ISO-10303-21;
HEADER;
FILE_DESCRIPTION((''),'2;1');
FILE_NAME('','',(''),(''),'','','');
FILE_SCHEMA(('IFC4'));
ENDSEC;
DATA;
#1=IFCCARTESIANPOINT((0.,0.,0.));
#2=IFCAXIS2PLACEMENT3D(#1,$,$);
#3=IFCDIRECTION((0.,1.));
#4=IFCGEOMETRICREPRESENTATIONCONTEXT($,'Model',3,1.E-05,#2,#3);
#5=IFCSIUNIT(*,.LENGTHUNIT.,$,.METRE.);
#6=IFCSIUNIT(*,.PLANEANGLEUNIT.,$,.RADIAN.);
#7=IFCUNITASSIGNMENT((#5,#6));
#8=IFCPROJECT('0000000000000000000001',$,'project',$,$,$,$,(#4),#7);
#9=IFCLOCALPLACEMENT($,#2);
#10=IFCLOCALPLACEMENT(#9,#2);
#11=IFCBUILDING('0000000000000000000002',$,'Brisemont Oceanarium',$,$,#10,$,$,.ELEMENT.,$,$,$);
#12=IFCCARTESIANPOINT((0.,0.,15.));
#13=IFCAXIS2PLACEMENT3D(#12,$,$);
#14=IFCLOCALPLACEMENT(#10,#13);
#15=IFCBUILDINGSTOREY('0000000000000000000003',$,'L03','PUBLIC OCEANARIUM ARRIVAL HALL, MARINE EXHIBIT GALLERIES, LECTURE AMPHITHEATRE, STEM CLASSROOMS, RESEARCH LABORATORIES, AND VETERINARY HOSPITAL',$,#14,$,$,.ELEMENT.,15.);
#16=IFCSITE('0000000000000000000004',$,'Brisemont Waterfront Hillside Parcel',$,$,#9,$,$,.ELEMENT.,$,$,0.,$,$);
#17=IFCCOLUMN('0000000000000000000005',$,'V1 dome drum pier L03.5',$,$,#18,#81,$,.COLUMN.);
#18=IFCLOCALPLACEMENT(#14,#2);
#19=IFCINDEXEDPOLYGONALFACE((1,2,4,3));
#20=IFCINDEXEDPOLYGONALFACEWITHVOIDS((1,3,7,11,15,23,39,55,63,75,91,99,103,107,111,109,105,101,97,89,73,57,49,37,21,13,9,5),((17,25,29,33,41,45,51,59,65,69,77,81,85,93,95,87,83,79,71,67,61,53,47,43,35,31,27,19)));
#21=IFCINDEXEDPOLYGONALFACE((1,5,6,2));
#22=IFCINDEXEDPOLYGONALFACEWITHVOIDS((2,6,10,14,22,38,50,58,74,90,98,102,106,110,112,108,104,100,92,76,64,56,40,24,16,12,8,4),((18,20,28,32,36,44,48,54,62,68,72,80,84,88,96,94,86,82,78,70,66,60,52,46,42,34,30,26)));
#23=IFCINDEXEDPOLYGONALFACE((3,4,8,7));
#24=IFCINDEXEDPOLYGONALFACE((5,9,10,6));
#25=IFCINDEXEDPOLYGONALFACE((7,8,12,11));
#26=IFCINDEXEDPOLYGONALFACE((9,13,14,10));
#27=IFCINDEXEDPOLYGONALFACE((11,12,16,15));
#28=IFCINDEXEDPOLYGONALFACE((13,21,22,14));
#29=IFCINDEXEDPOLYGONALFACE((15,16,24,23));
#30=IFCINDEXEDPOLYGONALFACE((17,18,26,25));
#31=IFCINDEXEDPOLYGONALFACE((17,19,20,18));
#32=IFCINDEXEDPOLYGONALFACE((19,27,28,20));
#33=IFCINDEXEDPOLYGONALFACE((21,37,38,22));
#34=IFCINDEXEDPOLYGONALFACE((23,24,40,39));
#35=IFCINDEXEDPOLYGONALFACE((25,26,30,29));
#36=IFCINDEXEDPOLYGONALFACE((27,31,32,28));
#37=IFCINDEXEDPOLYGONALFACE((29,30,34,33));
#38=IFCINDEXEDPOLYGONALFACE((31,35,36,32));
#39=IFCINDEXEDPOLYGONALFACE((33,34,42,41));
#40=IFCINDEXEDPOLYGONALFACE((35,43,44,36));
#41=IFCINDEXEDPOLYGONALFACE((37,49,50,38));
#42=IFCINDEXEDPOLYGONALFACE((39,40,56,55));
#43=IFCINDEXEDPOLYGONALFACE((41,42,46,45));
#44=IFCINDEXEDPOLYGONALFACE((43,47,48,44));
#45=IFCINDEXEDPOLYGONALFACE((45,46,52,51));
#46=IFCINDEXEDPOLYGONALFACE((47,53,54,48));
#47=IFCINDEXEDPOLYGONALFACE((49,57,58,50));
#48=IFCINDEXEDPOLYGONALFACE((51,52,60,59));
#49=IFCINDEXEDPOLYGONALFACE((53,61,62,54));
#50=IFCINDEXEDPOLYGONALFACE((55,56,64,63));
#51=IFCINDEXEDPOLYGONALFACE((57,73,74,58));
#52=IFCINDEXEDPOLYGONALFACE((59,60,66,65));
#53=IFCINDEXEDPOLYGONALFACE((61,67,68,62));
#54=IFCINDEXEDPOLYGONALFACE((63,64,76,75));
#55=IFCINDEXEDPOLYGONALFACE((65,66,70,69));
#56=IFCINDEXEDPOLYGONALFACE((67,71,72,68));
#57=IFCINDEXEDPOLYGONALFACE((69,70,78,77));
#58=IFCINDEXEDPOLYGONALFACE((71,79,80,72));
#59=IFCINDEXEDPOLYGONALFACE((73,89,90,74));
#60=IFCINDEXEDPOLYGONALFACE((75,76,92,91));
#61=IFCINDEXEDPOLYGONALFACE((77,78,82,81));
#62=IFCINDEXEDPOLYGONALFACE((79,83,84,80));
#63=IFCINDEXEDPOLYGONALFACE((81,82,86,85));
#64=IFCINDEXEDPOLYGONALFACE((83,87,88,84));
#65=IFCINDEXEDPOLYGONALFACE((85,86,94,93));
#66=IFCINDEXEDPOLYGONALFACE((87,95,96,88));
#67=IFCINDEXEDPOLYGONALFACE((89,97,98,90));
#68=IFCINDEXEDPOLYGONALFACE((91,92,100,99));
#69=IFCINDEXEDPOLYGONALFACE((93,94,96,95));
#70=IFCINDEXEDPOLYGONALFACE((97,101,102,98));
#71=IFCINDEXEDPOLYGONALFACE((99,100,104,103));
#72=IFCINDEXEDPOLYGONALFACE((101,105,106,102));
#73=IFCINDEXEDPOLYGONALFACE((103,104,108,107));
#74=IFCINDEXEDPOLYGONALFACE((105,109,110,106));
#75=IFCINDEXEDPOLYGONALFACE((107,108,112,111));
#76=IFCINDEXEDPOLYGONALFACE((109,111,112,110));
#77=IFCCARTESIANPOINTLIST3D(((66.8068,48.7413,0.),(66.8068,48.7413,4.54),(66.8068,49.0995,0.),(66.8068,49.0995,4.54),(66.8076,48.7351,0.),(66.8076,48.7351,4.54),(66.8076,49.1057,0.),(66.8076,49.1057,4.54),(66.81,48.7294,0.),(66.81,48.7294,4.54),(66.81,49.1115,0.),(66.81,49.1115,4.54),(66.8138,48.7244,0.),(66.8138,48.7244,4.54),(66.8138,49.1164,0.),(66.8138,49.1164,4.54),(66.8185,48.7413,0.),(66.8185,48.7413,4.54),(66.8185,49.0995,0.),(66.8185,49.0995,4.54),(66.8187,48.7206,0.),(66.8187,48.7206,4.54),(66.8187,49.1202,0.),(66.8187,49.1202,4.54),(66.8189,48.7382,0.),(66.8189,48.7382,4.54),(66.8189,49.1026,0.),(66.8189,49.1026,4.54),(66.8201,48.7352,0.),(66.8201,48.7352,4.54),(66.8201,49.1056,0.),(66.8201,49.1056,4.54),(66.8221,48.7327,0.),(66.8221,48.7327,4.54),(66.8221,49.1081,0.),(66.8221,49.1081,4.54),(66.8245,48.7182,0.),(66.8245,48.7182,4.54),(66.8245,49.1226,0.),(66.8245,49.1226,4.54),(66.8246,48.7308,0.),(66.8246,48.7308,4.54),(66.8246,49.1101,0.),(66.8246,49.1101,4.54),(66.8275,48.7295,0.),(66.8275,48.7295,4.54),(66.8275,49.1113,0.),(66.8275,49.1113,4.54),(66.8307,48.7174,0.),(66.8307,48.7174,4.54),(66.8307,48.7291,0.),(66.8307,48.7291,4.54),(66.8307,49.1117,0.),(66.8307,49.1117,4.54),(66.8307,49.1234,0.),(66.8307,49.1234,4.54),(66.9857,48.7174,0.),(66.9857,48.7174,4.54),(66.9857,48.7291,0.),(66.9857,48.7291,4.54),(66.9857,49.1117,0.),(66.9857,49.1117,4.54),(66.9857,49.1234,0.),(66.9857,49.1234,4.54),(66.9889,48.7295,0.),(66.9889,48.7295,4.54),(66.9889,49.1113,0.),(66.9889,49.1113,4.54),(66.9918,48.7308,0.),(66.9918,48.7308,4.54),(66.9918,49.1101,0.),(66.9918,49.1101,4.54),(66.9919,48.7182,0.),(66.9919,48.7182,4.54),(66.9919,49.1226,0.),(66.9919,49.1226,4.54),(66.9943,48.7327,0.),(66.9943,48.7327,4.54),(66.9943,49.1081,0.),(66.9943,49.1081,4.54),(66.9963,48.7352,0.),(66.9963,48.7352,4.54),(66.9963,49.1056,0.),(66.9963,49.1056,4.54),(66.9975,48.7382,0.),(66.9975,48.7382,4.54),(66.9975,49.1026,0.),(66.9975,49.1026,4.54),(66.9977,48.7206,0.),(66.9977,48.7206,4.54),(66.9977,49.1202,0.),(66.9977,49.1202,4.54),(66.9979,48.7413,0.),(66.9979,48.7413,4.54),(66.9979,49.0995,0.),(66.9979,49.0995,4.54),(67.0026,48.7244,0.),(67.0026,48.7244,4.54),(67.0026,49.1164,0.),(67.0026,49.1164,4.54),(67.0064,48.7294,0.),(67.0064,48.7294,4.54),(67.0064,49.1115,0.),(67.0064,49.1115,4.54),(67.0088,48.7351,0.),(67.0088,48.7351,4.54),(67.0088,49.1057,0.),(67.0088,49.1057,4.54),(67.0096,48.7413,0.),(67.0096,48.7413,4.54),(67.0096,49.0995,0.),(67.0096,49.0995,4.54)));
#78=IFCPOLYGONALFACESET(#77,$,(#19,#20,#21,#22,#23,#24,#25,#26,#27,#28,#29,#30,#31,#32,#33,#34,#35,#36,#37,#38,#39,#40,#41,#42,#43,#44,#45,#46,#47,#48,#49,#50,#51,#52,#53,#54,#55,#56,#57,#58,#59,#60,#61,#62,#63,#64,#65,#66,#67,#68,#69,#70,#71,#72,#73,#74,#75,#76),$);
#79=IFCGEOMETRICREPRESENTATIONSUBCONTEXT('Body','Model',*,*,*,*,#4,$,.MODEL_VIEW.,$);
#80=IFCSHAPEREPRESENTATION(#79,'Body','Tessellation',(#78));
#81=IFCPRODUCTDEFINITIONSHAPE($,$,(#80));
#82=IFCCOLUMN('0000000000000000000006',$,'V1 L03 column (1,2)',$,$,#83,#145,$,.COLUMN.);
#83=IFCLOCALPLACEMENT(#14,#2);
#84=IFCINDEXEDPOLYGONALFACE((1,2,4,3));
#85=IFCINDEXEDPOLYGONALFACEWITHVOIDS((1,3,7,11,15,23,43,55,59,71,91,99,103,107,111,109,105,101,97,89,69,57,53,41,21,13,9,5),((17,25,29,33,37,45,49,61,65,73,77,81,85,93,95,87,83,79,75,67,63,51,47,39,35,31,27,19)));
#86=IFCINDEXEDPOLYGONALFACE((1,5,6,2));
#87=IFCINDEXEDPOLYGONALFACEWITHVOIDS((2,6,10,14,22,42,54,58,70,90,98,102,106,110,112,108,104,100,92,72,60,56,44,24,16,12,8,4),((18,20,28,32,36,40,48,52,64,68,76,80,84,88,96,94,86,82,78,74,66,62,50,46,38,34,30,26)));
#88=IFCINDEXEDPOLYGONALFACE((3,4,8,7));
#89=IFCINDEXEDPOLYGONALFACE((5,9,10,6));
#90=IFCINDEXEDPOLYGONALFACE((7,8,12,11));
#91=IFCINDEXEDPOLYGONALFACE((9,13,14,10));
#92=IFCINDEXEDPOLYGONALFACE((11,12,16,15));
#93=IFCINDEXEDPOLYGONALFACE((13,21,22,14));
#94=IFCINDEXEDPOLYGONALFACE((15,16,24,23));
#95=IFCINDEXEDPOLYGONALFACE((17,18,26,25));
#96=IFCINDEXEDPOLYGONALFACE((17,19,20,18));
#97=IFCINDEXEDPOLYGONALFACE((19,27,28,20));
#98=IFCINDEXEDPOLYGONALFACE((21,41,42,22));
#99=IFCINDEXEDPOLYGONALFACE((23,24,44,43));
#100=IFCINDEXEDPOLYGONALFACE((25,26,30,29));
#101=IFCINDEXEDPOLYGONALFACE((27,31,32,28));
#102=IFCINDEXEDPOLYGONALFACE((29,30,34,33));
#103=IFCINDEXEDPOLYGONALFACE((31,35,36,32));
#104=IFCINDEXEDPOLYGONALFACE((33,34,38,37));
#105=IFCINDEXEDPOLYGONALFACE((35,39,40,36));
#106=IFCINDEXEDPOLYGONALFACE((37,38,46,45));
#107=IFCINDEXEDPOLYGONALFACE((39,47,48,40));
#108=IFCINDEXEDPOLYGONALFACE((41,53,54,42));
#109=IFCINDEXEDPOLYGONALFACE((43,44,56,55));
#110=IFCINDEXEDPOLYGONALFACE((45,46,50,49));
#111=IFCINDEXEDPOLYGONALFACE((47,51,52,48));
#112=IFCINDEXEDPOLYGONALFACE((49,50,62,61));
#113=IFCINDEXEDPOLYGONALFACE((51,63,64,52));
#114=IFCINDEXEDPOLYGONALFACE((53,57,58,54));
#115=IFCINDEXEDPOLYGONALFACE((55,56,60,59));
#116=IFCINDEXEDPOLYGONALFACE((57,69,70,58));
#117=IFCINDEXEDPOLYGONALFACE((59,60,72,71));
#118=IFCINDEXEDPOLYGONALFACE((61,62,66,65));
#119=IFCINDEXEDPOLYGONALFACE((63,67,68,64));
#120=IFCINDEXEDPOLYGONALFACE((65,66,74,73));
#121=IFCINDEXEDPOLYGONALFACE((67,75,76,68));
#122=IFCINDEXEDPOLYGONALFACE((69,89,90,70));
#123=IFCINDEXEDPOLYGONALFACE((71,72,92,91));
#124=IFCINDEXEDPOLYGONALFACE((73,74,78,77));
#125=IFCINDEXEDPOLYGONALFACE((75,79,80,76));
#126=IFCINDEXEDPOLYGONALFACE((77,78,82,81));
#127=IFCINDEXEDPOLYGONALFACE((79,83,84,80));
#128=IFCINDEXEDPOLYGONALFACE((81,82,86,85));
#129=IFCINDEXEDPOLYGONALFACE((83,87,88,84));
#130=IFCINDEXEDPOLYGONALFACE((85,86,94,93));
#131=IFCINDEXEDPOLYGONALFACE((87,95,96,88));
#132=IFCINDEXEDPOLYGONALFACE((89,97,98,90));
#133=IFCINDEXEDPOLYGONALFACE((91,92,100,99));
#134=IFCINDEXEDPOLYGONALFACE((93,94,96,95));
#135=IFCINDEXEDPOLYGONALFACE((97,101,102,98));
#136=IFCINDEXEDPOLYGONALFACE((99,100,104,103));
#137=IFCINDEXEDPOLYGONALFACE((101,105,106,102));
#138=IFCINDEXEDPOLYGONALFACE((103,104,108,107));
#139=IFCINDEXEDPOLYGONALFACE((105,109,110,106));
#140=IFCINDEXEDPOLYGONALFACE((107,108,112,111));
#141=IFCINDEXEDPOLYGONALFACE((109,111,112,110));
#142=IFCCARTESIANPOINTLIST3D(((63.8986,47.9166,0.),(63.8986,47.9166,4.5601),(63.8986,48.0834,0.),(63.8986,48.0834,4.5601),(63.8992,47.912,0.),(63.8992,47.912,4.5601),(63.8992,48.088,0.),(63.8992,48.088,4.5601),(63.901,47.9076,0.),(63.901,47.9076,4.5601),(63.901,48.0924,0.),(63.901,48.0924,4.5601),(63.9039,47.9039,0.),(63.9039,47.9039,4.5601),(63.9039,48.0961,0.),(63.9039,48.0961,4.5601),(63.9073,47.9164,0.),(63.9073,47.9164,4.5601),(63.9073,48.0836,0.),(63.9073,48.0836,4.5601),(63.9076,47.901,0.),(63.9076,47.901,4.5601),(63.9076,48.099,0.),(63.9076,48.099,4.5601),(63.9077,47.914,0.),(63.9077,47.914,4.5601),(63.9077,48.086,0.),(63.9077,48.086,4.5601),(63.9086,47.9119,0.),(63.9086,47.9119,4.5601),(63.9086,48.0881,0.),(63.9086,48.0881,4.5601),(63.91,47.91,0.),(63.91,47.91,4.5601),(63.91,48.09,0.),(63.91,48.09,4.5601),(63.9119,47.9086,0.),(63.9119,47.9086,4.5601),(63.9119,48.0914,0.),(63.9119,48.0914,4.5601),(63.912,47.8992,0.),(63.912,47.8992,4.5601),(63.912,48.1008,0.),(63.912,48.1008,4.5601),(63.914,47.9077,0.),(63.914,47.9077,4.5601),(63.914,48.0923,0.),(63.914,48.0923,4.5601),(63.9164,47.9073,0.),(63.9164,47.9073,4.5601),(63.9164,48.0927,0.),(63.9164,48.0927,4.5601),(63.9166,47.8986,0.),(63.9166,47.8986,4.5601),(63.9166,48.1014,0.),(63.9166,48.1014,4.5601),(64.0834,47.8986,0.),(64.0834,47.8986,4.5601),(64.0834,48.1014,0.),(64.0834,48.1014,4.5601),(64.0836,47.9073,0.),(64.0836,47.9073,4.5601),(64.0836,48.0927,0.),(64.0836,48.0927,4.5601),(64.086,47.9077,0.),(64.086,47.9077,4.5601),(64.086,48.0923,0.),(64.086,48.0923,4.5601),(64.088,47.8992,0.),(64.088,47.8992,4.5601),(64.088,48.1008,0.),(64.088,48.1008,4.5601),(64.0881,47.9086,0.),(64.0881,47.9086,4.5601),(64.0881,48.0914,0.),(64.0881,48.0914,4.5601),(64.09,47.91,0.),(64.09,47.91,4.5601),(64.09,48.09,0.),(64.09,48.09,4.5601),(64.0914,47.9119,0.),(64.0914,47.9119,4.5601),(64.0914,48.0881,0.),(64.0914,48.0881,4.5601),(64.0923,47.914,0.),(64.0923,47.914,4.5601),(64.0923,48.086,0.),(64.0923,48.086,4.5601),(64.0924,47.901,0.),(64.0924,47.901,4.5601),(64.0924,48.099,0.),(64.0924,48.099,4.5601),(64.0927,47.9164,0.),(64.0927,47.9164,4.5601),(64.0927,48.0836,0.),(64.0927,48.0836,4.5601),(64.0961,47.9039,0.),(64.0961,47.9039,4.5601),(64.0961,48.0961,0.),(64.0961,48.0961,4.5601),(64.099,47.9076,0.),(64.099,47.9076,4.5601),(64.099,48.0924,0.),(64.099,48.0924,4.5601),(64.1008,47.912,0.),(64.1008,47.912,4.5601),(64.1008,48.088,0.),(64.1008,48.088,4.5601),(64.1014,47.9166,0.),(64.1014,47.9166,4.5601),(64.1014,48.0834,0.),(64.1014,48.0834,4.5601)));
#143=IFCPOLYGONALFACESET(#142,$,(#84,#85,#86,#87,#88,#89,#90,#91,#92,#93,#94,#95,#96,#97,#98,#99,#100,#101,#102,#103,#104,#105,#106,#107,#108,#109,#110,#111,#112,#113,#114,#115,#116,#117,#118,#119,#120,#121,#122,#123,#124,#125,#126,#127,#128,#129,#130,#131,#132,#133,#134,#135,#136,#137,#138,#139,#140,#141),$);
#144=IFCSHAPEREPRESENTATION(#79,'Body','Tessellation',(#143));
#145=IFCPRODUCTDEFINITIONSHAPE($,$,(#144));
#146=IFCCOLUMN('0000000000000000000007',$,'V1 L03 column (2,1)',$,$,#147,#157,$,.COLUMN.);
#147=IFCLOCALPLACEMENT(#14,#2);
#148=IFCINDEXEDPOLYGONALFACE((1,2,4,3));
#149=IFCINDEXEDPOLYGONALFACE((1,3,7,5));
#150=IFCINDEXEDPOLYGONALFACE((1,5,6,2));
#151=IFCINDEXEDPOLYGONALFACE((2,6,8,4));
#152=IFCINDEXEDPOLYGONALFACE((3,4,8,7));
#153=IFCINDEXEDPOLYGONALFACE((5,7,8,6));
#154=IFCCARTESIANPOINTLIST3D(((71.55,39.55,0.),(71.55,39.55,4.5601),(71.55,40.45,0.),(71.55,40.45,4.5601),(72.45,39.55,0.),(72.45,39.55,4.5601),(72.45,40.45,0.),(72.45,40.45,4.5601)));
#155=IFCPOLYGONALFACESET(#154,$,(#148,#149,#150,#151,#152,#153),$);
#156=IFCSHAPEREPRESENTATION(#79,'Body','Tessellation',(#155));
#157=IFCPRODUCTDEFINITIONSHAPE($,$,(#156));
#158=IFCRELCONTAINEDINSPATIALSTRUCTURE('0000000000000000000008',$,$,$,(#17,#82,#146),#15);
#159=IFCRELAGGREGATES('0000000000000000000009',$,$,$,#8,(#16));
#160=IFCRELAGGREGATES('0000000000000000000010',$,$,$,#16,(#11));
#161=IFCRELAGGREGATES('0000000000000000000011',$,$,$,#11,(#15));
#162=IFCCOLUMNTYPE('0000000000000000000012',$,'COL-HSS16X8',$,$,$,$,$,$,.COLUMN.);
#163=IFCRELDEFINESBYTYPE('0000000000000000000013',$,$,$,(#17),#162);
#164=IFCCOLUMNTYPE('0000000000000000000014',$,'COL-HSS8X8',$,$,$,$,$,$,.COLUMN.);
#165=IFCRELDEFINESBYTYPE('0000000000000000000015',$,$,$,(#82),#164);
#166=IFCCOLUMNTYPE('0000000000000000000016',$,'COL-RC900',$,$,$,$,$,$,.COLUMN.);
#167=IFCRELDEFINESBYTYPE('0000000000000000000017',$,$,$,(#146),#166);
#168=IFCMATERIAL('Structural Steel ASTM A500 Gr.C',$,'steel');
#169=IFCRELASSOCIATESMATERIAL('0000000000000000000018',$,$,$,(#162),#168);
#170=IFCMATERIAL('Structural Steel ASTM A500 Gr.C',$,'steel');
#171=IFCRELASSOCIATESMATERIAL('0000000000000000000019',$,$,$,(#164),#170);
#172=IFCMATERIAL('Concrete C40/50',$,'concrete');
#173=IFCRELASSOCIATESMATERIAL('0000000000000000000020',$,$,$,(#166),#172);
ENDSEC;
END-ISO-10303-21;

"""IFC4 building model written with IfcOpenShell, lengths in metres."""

from ifc_helpers import new_model, si_unit, direction, frame, origin, origin_2d, place, context, subcontext, project, spatial, rectangle, hollow_rectangle, extrude, material, material_profile, profile_set, type_object, element, save


model = new_model("IFC4")

# Units and contexts
model_context = context("Model", 3, precision=1e-05, world=origin(), true_north=direction((0.0, 1.0)))
body_context = subcontext(model_context, "Body", "Model", "MODEL_VIEW")
ifc_project = project(units=[si_unit("LENGTHUNIT", "METRE"), si_unit("PLANEANGLEUNIT", "RADIAN")], contexts=[model_context])

# Site, building, storey
site_placement = place(None, origin())
site = spatial("IfcSite", under=ifc_project, at=site_placement, Name="Brisemont Waterfront Hillside Parcel", CompositionType="ELEMENT", RefElevation=0.0)
building_placement = place(site_placement, origin())
building = spatial("IfcBuilding", under=site, at=building_placement, Name="Brisemont Oceanarium", CompositionType="ELEMENT")
storey_placement = place(building_placement, frame((0.0, 0.0, 15.0)))
storey = spatial("IfcBuildingStorey", under=building, at=storey_placement, Name="L03", Description="PUBLIC OCEANARIUM ARRIVAL HALL, MARINE EXHIBIT GALLERIES, LECTURE AMPHITHEATRE, STEM CLASSROOMS, RESEARCH LABORATORIES, AND VETERINARY HOSPITAL", CompositionType="ELEMENT", Elevation=15.0)

# Columns
ifc_material_1 = material(Name="Structural Steel ASTM A500 Gr.C", Category="steel")
ifc_material_profile_1 = material_profile(ifc_material_1, hollow_rectangle(XDim=0.2029, YDim=0.406, WallThickness=0.0117, InnerFilletRadius=0.0122, OuterFilletRadius=0.0239, at=origin_2d()), Name="HSS16X8X1/2")
ifc_profile_set_1 = profile_set([ifc_material_profile_1], Name="Structural Steel ASTM A500 Gr.C")
column_type_1 = type_object("IfcColumnType", Name="COL-HSS16X8", PredefinedType="COLUMN", material=ifc_profile_set_1)
for number, where, z_axis, x_axis, name in (
    (1, (66.9082, 48.9204, 0.0), (0.0, 0.0, 1.0), (1.0, 0.0, 0.0), "V1 dome drum pier L03.5"),
):
    element("IfcColumn", number, at=place(storey_placement, frame(where, z_axis=z_axis, x_axis=x_axis)), inside=storey, type_object=column_type_1, Name=name, PredefinedType="COLUMN", context=body_context, shape_type="SweptSolid", body=[
        extrude(hollow_rectangle(XDim=0.2029, YDim=0.406, WallThickness=0.0117, InnerFilletRadius=0.0122, OuterFilletRadius=0.0239, at=origin_2d()), origin(), (0.0, 0.0, 1.0), 4.54),
    ])
ifc_material_2 = material(Name="Structural Steel ASTM A500 Gr.C", Category="steel")
ifc_material_profile_2 = material_profile(ifc_material_2, hollow_rectangle(XDim=0.2029, YDim=0.2029, WallThickness=0.0088, InnerFilletRadius=0.009, OuterFilletRadius=0.0181, at=origin_2d()), Name="HSS8X8X3/8")
ifc_profile_set_2 = profile_set([ifc_material_profile_2], Name="Structural Steel ASTM A500 Gr.C")
column_type_2 = type_object("IfcColumnType", Name="COL-HSS8X8", PredefinedType="COLUMN", material=ifc_profile_set_2)
column_1_placement = place(storey_placement, frame((64.0, 48.0, 0.0), z_axis=(0.0, 0.0, 1.0), x_axis=(0.0, 1.0, 0.0)))
element("IfcColumn", 2, at=column_1_placement, inside=storey, type_object=column_type_2, Name="V1 L03 column (1,2)", PredefinedType="COLUMN", context=body_context, shape_type="SweptSolid", body=[
    extrude(hollow_rectangle(XDim=0.2029, YDim=0.2029, WallThickness=0.0088, InnerFilletRadius=0.009, OuterFilletRadius=0.0181, at=origin_2d()), origin(), (0.0, 0.0, 1.0), 4.5601),
])
ifc_material_3 = material(Name="Concrete C40/50", Category="concrete")
ifc_material_profile_3 = material_profile(ifc_material_3, rectangle(XDim=0.8999, YDim=0.8999, at=origin_2d()), Name="RC-COL-900X900")
ifc_profile_set_3 = profile_set([ifc_material_profile_3], Name="Concrete C40/50")
column_type_3 = type_object("IfcColumnType", Name="COL-RC900", PredefinedType="COLUMN", material=ifc_profile_set_3)
column_2_placement = place(storey_placement, frame((72.0, 40.0, 0.0), z_axis=(0.0, 0.0, 1.0), x_axis=(0.0, 1.0, 0.0)))
element("IfcColumn", 3, at=column_2_placement, inside=storey, type_object=column_type_3, Name="V1 L03 column (2,1)", PredefinedType="COLUMN", context=body_context, shape_type="SweptSolid", body=[
    extrude(rectangle(XDim=0.8999, YDim=0.8999, at=origin_2d()), origin(), (0.0, 0.0, 1.0), 4.5601),
])

save(model, "model.ifc")
